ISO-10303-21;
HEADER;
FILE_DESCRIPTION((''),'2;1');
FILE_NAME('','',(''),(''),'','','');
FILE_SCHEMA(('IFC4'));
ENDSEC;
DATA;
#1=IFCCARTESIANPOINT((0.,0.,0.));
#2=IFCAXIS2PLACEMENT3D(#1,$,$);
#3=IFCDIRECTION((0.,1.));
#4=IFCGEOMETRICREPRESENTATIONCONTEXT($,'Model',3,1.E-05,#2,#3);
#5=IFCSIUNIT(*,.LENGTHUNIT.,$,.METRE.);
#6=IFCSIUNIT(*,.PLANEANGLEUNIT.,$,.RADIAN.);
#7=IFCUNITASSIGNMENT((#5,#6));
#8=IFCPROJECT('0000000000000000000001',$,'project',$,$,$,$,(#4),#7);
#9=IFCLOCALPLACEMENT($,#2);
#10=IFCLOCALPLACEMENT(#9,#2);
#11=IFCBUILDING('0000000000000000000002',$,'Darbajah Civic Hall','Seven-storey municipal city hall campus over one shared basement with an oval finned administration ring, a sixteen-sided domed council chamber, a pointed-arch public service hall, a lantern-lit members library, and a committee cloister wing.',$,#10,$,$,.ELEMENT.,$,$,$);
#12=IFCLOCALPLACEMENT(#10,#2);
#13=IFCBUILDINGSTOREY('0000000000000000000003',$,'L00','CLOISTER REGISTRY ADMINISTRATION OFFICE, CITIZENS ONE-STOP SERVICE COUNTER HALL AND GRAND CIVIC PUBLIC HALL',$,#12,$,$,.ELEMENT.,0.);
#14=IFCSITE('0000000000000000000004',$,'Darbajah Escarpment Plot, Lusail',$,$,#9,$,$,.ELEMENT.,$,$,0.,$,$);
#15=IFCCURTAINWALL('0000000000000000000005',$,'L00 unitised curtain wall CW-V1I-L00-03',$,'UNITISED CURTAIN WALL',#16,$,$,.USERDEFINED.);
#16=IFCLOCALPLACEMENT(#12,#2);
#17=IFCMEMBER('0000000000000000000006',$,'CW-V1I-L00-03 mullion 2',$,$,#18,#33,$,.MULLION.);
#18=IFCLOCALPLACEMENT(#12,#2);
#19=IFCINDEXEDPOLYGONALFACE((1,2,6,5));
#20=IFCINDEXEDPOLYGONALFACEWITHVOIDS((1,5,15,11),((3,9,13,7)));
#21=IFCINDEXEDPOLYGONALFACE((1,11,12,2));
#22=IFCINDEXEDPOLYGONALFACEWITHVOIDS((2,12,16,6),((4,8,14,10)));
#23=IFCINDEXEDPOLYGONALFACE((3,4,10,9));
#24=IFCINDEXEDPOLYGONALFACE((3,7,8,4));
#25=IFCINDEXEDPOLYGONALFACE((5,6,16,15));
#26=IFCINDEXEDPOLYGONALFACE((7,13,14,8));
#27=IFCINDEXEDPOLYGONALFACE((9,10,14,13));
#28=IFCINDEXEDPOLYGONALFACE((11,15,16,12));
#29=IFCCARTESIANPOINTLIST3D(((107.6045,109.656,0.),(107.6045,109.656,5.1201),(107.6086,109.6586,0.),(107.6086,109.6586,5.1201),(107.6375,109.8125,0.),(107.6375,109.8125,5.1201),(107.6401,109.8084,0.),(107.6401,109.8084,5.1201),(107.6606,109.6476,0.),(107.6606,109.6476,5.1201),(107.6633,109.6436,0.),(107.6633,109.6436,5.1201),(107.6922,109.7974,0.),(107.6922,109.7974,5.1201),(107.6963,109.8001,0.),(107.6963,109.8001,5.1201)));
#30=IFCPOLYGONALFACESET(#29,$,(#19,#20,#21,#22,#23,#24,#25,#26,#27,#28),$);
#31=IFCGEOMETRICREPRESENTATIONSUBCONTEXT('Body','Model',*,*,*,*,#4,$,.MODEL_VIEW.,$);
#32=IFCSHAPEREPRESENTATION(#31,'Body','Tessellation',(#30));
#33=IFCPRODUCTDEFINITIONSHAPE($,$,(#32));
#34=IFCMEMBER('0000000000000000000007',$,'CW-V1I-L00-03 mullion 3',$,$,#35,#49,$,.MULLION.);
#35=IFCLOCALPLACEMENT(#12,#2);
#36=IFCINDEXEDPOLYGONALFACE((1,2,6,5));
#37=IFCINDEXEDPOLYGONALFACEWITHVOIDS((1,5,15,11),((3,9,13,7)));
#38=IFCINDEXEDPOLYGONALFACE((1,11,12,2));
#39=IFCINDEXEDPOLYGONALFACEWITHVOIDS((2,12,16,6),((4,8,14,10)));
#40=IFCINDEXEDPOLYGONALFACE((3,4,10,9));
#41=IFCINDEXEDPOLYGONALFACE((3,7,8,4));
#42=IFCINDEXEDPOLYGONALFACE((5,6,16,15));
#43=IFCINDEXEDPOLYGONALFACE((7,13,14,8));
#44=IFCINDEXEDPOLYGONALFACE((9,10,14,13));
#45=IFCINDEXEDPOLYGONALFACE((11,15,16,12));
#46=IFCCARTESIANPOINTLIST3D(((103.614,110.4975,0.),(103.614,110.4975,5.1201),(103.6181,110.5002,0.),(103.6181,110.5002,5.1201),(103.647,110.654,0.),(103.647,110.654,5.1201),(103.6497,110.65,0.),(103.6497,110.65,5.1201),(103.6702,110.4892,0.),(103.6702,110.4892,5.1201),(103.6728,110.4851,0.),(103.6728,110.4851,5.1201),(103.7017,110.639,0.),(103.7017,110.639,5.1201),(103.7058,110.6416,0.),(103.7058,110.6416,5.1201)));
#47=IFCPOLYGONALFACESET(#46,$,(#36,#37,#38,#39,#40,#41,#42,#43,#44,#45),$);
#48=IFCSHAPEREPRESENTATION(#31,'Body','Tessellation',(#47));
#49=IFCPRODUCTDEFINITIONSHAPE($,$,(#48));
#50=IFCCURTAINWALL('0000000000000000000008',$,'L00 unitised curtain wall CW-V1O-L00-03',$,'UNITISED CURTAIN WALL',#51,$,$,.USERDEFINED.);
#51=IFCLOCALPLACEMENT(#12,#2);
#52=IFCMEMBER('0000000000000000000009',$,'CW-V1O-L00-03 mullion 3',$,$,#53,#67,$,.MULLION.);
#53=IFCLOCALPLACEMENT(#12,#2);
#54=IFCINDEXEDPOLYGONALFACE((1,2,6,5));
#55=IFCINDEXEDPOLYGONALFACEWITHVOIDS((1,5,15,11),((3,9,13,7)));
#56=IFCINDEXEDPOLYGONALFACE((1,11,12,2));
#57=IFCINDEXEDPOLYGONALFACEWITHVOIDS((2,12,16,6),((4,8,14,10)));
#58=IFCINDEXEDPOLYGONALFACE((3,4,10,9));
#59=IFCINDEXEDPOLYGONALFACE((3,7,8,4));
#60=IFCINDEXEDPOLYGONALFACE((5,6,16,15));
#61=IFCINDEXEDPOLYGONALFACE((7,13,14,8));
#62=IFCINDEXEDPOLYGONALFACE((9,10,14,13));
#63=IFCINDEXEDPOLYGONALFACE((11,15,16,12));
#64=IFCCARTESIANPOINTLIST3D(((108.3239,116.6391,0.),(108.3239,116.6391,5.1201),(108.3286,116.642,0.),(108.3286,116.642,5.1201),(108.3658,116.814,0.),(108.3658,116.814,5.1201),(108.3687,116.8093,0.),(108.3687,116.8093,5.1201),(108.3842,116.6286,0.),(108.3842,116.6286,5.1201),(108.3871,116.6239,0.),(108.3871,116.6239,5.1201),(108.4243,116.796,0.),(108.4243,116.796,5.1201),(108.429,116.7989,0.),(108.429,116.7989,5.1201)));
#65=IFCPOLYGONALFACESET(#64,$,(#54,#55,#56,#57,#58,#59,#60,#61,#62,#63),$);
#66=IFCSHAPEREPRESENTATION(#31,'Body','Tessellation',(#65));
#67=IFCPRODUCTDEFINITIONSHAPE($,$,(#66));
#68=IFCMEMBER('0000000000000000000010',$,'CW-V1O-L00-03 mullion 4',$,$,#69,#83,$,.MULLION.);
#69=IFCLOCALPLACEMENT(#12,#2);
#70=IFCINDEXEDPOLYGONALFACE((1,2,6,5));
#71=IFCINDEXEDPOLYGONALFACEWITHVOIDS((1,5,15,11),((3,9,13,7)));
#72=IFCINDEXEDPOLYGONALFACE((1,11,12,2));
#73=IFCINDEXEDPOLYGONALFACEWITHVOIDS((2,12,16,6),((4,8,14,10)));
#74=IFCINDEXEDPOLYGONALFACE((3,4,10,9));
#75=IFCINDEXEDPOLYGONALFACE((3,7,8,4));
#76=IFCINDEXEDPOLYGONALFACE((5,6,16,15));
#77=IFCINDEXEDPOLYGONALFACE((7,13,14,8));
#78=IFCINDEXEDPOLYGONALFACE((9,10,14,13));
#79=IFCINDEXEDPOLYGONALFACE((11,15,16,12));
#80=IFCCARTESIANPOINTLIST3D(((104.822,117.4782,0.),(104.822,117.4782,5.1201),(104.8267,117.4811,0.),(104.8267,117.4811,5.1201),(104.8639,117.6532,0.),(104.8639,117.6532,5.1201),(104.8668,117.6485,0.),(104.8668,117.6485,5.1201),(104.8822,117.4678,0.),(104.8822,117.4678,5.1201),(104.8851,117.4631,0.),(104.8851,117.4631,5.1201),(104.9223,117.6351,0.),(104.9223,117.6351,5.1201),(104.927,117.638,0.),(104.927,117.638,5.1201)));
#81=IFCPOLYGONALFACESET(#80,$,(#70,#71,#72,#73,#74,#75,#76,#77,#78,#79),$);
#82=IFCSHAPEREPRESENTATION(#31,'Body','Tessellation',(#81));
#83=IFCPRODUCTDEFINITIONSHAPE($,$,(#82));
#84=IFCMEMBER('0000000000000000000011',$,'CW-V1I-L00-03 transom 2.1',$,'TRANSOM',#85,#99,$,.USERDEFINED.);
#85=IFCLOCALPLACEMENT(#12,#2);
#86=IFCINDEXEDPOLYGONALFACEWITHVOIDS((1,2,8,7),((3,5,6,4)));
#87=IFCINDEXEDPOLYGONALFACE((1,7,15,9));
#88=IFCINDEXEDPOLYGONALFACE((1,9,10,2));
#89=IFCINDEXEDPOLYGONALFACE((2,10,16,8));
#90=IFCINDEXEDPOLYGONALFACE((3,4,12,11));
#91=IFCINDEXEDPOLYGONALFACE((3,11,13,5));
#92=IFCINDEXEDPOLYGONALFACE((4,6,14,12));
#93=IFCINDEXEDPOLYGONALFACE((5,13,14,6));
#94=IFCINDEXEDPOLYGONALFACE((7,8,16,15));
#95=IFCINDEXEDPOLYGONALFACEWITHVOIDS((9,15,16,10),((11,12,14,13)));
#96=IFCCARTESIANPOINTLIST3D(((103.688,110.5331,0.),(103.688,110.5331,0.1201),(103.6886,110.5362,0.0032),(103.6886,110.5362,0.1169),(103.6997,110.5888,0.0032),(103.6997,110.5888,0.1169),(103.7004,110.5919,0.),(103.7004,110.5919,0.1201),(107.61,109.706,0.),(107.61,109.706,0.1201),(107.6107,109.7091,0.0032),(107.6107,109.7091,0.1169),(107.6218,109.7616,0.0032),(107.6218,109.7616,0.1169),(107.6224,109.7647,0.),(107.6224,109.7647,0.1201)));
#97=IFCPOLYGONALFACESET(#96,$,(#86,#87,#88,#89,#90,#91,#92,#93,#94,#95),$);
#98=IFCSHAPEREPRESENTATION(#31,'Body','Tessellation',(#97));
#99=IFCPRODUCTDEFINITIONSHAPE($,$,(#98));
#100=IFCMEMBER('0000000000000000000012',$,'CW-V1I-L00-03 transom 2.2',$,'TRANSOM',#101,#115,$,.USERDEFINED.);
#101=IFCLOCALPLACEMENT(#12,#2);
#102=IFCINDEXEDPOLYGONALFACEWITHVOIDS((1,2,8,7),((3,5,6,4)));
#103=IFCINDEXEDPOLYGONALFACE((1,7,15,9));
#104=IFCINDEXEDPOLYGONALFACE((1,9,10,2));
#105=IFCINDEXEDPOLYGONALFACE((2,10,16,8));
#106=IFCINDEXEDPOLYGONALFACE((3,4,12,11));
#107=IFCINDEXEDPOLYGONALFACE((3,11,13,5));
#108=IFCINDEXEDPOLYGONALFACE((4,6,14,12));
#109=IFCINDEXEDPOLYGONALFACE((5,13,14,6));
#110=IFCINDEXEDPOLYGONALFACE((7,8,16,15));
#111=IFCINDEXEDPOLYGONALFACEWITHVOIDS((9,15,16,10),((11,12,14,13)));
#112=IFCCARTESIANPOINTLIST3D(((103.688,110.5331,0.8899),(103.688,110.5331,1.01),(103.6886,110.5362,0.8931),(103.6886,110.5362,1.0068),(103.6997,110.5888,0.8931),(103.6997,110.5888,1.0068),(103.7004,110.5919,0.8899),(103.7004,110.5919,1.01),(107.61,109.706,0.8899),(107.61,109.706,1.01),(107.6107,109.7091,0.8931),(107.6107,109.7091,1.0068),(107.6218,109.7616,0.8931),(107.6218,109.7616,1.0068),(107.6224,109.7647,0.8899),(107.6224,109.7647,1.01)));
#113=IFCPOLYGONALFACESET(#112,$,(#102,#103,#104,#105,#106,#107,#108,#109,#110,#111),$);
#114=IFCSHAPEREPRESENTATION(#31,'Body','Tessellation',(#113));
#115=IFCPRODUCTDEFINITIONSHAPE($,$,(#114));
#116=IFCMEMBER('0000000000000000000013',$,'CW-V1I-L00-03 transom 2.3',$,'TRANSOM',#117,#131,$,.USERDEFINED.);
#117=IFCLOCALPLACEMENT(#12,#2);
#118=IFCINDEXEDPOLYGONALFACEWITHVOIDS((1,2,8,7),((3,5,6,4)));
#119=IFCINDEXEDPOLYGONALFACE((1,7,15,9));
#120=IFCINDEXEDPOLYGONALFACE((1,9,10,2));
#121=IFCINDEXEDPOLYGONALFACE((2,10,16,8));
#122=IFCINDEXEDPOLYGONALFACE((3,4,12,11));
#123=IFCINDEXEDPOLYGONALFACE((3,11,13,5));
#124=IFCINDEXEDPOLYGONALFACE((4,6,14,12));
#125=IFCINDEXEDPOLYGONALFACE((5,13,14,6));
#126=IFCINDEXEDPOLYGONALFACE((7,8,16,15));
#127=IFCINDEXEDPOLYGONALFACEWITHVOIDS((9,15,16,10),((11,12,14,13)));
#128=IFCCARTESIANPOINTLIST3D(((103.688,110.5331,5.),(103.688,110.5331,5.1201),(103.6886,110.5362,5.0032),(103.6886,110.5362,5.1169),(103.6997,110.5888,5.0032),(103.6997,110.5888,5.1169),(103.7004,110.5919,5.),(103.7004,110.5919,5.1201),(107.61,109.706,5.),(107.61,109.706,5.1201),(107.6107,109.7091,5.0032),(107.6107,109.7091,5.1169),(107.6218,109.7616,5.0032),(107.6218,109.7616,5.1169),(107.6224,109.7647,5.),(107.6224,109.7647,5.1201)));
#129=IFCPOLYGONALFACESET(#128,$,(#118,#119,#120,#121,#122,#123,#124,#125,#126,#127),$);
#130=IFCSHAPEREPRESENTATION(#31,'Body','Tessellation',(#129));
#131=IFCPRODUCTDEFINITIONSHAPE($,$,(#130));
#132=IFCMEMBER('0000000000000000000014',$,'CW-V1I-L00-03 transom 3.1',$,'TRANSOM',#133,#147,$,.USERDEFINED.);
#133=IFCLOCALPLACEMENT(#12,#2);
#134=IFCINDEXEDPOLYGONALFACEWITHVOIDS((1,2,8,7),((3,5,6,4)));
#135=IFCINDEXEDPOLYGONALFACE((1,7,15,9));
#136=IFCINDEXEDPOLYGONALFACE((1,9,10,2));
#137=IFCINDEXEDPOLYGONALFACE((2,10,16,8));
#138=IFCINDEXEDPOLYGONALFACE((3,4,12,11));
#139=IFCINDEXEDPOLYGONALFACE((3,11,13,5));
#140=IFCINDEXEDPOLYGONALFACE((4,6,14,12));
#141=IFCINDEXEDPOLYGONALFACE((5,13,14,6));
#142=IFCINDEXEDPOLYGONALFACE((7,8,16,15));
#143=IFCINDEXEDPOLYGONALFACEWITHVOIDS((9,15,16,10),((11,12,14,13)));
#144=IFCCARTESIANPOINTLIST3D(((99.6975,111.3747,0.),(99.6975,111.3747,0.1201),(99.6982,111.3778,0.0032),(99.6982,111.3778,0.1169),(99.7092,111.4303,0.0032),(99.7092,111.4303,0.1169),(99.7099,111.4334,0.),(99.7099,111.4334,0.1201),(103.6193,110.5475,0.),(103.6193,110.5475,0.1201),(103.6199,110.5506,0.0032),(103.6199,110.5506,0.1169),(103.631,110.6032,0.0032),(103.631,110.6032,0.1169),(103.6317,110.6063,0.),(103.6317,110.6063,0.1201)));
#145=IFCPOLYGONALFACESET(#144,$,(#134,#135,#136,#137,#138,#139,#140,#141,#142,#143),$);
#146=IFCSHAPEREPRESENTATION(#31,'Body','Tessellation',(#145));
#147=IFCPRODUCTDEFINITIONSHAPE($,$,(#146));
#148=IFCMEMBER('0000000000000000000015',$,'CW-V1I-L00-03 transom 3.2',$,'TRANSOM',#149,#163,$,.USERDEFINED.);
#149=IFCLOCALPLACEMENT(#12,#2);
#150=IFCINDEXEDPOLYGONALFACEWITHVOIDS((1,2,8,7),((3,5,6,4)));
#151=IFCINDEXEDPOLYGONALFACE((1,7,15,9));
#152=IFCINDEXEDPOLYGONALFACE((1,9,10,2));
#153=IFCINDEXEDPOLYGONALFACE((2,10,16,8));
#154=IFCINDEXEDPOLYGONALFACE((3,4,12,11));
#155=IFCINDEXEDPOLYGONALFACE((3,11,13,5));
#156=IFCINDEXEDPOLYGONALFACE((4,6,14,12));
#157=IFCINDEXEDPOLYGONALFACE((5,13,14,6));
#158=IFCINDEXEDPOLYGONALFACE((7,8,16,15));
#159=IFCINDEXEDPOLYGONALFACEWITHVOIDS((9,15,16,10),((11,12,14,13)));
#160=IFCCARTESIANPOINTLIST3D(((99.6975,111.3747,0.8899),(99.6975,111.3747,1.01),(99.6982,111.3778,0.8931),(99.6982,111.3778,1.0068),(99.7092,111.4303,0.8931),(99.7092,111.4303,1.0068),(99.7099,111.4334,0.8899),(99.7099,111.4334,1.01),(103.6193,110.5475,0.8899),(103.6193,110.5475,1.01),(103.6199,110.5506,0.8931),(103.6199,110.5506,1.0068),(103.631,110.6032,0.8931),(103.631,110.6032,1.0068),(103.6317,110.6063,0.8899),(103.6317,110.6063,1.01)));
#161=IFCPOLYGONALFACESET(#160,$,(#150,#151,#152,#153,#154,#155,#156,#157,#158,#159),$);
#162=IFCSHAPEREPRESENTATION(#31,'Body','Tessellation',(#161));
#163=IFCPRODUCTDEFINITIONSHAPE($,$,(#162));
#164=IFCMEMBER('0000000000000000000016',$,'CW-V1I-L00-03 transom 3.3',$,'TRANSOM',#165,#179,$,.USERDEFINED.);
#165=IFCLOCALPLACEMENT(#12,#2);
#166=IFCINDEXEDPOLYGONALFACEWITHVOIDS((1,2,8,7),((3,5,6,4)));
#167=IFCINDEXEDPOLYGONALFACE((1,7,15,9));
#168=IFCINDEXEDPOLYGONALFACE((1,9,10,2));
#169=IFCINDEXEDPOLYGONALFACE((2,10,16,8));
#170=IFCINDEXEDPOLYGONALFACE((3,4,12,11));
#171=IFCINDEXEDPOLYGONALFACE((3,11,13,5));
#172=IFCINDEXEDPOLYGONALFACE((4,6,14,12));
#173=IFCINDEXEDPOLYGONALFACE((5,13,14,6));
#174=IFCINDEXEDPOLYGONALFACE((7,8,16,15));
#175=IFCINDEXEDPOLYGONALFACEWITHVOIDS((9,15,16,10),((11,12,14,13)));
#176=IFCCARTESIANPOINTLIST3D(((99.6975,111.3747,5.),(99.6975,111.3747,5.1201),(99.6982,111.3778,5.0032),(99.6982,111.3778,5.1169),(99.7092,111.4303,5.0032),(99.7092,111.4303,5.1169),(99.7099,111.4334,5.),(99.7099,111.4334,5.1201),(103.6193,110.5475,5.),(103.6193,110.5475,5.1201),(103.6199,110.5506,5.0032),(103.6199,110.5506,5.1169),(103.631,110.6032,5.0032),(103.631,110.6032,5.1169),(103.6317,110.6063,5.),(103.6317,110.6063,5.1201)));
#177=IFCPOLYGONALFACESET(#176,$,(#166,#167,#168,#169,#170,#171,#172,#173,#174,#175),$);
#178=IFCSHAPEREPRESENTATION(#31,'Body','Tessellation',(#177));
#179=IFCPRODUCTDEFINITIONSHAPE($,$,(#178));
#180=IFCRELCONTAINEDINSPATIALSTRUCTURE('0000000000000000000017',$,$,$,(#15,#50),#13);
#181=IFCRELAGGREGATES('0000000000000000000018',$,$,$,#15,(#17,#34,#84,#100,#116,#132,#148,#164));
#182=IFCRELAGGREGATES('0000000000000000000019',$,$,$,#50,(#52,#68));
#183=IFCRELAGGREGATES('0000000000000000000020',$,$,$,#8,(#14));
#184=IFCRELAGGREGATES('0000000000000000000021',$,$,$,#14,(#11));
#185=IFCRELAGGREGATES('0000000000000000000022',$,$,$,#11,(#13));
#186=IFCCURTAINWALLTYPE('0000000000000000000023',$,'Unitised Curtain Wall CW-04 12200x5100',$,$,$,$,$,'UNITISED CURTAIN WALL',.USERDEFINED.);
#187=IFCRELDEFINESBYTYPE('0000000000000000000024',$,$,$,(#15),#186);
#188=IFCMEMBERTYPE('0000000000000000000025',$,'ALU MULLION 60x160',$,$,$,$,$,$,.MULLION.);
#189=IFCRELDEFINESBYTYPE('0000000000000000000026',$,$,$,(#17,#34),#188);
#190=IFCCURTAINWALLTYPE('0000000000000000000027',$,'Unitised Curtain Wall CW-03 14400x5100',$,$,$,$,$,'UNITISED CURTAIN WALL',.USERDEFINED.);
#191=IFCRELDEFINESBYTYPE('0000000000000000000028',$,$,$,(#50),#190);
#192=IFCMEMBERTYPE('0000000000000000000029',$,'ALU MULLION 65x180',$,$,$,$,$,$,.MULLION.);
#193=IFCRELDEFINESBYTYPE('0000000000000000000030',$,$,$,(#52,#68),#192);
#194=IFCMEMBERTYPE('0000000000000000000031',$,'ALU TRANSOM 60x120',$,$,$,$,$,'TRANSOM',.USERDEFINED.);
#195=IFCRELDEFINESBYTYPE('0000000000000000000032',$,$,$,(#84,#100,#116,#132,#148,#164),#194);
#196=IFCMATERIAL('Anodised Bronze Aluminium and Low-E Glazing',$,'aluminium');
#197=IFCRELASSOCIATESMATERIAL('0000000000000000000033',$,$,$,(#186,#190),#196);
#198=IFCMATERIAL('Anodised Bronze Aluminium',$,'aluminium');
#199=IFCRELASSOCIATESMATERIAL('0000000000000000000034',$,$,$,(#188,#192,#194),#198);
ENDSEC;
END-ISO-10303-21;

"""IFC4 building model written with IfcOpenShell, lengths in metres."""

from ifc_helpers import new_model, si_unit, direction, frame, origin, origin_2d, place, context, subcontext, project, spatial, hollow_rectangle, extrude, material, material_profile, profile_set, type_object, element, aggregate, save


model = new_model("IFC4")

# Units and contexts
model_context = context("Model", 3, precision=1e-05, world=origin(), true_north=direction((0.0, 1.0)))
body_context = subcontext(model_context, "Body", "Model", "MODEL_VIEW")
ifc_project = project(units=[si_unit("LENGTHUNIT", "METRE"), si_unit("PLANEANGLEUNIT", "RADIAN")], contexts=[model_context])

# Site, building, storey
site_placement = place(None, origin())
site = spatial("IfcSite", under=ifc_project, at=site_placement, Name="Darbajah Escarpment Plot, Lusail", CompositionType="ELEMENT", RefElevation=0.0)
building_placement = place(site_placement, origin())
building = spatial("IfcBuilding", under=site, at=building_placement, Name="Darbajah Civic Hall", Description="Seven-storey municipal city hall campus over one shared basement with an oval finned administration ring, a sixteen-sided domed council chamber, a pointed-arch public service hall, a lantern-lit members library, and a committee cloister wing.", CompositionType="ELEMENT")
storey_placement = place(building_placement, origin())
storey = spatial("IfcBuildingStorey", under=building, at=storey_placement, Name="L00", Description="CLOISTER REGISTRY ADMINISTRATION OFFICE, CITIZENS ONE-STOP SERVICE COUNTER HALL AND GRAND CIVIC PUBLIC HALL", CompositionType="ELEMENT", Elevation=0.0)

# Curtain walls, members
ifc_material_1 = material(Name="Anodised Bronze Aluminium and Low-E Glazing", Category="aluminium")
curtain_wall_type_1 = type_object("IfcCurtainWallType", Name="Unitised Curtain Wall CW-04 12200x5100", ElementType="UNITISED CURTAIN WALL", PredefinedType="USERDEFINED", material=ifc_material_1)
curtain_wall_1_placement = place(storey_placement, origin())
curtain_wall_1 = element("IfcCurtainWall", 1, at=curtain_wall_1_placement, inside=storey, type_object=curtain_wall_type_1, Name="L00 unitised curtain wall CW-V1I-L00-03", ObjectType="UNITISED CURTAIN WALL", PredefinedType="USERDEFINED")
ifc_material_2 = material(Name="Anodised Bronze Aluminium", Category="aluminium")
ifc_material_profile_1 = material_profile(ifc_material_2, hollow_rectangle(XDim=0.0601, YDim=0.1599, WallThickness=0.0034, at=origin_2d()), Name="ALU MULLION 60x160")
ifc_profile_set_1 = profile_set([ifc_material_profile_1], Name="Anodised Bronze Aluminium")
member_type_1 = type_object("IfcMemberType", Name="ALU MULLION 60x160", PredefinedType="MULLION", material=ifc_profile_set_1)
member_1_placement = place(storey_placement, frame((107.6504, 109.728, 0.0), z_axis=(0.0, 0.0, 1.0), x_axis=(-0.978473, 0.206375, 0.0)))
member_1 = element("IfcMember", 2, at=member_1_placement, type_object=member_type_1, Name="CW-V1I-L00-03 mullion 2", PredefinedType="MULLION", context=body_context, shape_type="SweptSolid", body=[
    extrude(hollow_rectangle(XDim=0.0601, YDim=0.1599, WallThickness=0.0034, at=origin_2d()), origin(), (0.0, 0.0, 1.0), 5.1201),
])
member_2_placement = place(storey_placement, frame((103.6599, 110.5696, 0.0), z_axis=(0.0, 0.0, 1.0), x_axis=(-0.978473, 0.206375, 0.0)))
member_2 = element("IfcMember", 3, at=member_2_placement, type_object=member_type_1, Name="CW-V1I-L00-03 mullion 3", PredefinedType="MULLION", context=body_context, shape_type="SweptSolid", body=[
    extrude(hollow_rectangle(XDim=0.0601, YDim=0.1599, WallThickness=0.0034, at=origin_2d()), origin(), (0.0, 0.0, 1.0), 5.1201),
])
curtain_wall_type_2 = type_object("IfcCurtainWallType", Name="Unitised Curtain Wall CW-03 14400x5100", ElementType="UNITISED CURTAIN WALL", PredefinedType="USERDEFINED", material=ifc_material_1)
curtain_wall_2_placement = place(storey_placement, origin())
curtain_wall_2 = element("IfcCurtainWall", 4, at=curtain_wall_2_placement, inside=storey, type_object=curtain_wall_type_2, Name="L00 unitised curtain wall CW-V1O-L00-03", ObjectType="UNITISED CURTAIN WALL", PredefinedType="USERDEFINED")
ifc_material_profile_2 = material_profile(ifc_material_2, hollow_rectangle(XDim=0.0649, YDim=0.1799, WallThickness=0.0039, at=origin_2d()), Name="ALU MULLION 65x180")
ifc_profile_set_2 = profile_set([ifc_material_profile_2], Name="Anodised Bronze Aluminium")
member_type_2 = type_object("IfcMemberType", Name="ALU MULLION 65x180", PredefinedType="MULLION", material=ifc_profile_set_2)
member_3_placement = place(storey_placement, frame((108.3765, 116.719, 0.0), z_axis=(0.0, 0.0, 1.0), x_axis=(-0.972492, 0.232936, 0.0)))
member_3 = element("IfcMember", 5, at=member_3_placement, type_object=member_type_2, Name="CW-V1O-L00-03 mullion 3", PredefinedType="MULLION", context=body_context, shape_type="SweptSolid", body=[
    extrude(hollow_rectangle(XDim=0.0649, YDim=0.1799, WallThickness=0.0039, at=origin_2d()), origin(), (0.0, 0.0, 1.0), 5.1201),
])
member_4_placement = place(storey_placement, frame((104.8745, 117.5581, 0.0), z_axis=(0.0, 0.0, 1.0), x_axis=(-0.972492, 0.232936, 0.0)))
member_4 = element("IfcMember", 6, at=member_4_placement, type_object=member_type_2, Name="CW-V1O-L00-03 mullion 4", PredefinedType="MULLION", context=body_context, shape_type="SweptSolid", body=[
    extrude(hollow_rectangle(XDim=0.0649, YDim=0.1799, WallThickness=0.0039, at=origin_2d()), origin(), (0.0, 0.0, 1.0), 5.1201),
])

# Members
ifc_material_profile_3 = material_profile(ifc_material_2, hollow_rectangle(XDim=0.0601, YDim=0.1201, WallThickness=0.0032, at=origin_2d()), Name="ALU TRANSOM 60x120")
ifc_profile_set_3 = profile_set([ifc_material_profile_3], Name="Anodised Bronze Aluminium")
member_type_3 = type_object("IfcMemberType", Name="ALU TRANSOM 60x120", ElementType="TRANSOM", PredefinedType="USERDEFINED", material=ifc_profile_set_3)
member_5_placement = place(storey_placement, frame((107.6162, 109.7354, 0.0601), z_axis=(-0.978477, 0.206354, 0.0), x_axis=(-0.206354, -0.978477, 0.0)))
member_5 = element("IfcMember", 7, at=member_5_placement, type_object=member_type_3, Name="CW-V1I-L00-03 transom 2.1", ObjectType="TRANSOM", PredefinedType="USERDEFINED", context=body_context, shape_type="SweptSolid", body=[
    extrude(hollow_rectangle(XDim=0.0601, YDim=0.1201, WallThickness=0.0032, at=origin_2d()), origin(), (0.0, 0.0, 1.0), 4.0083),
])
member_6_placement = place(storey_placement, frame((107.6162, 109.7354, 0.95), z_axis=(-0.978477, 0.206354, 0.0), x_axis=(-0.206354, -0.978477, 0.0)))
member_6 = element("IfcMember", 8, at=member_6_placement, type_object=member_type_3, Name="CW-V1I-L00-03 transom 2.2", ObjectType="TRANSOM", PredefinedType="USERDEFINED", context=body_context, shape_type="SweptSolid", body=[
    extrude(hollow_rectangle(XDim=0.0601, YDim=0.1201, WallThickness=0.0032, at=origin_2d()), origin(), (0.0, 0.0, 1.0), 4.0083),
])
member_7_placement = place(storey_placement, frame((107.6162, 109.7354, 5.0601), z_axis=(-0.978477, 0.206354, 0.0), x_axis=(-0.206354, -0.978477, 0.0)))
member_7 = element("IfcMember", 9, at=member_7_placement, type_object=member_type_3, Name="CW-V1I-L00-03 transom 2.3", ObjectType="TRANSOM", PredefinedType="USERDEFINED", context=body_context, shape_type="SweptSolid", body=[
    extrude(hollow_rectangle(XDim=0.0601, YDim=0.1201, WallThickness=0.0032, at=origin_2d()), origin(), (0.0, 0.0, 1.0), 4.0083),
])
member_8_placement = place(storey_placement, frame((103.6255, 110.5769, 0.0601), z_axis=(-0.978475, 0.206367, 0.0), x_axis=(-0.206367, -0.978475, 0.0)))
member_8 = element("IfcMember", 10, at=member_8_placement, type_object=member_type_3, Name="CW-V1I-L00-03 transom 3.1", ObjectType="TRANSOM", PredefinedType="USERDEFINED", context=body_context, shape_type="SweptSolid", body=[
    extrude(hollow_rectangle(XDim=0.0601, YDim=0.1201, WallThickness=0.0032, at=origin_2d()), origin(), (0.0, 0.0, 1.0), 4.0081),
])
member_9_placement = place(storey_placement, frame((103.6255, 110.5769, 0.95), z_axis=(-0.978475, 0.206367, 0.0), x_axis=(-0.206367, -0.978475, 0.0)))
member_9 = element("IfcMember", 11, at=member_9_placement, type_object=member_type_3, Name="CW-V1I-L00-03 transom 3.2", ObjectType="TRANSOM", PredefinedType="USERDEFINED", context=body_context, shape_type="SweptSolid", body=[
    extrude(hollow_rectangle(XDim=0.0601, YDim=0.1201, WallThickness=0.0032, at=origin_2d()), origin(), (0.0, 0.0, 1.0), 4.0081),
])
member_10_placement = place(storey_placement, frame((103.6255, 110.5769, 5.0601), z_axis=(-0.978475, 0.206367, 0.0), x_axis=(-0.206367, -0.978475, 0.0)))
member_10 = element("IfcMember", 12, at=member_10_placement, type_object=member_type_3, Name="CW-V1I-L00-03 transom 3.3", ObjectType="TRANSOM", PredefinedType="USERDEFINED", context=body_context, shape_type="SweptSolid", body=[
    extrude(hollow_rectangle(XDim=0.0601, YDim=0.1201, WallThickness=0.0032, at=origin_2d()), origin(), (0.0, 0.0, 1.0), 4.0081),
])

aggregate(curtain_wall_1, [member_1, member_2, member_5, member_6, member_7, member_8, member_9, member_10])
aggregate(curtain_wall_2, [member_3, member_4])

save(model, "model.ifc")
